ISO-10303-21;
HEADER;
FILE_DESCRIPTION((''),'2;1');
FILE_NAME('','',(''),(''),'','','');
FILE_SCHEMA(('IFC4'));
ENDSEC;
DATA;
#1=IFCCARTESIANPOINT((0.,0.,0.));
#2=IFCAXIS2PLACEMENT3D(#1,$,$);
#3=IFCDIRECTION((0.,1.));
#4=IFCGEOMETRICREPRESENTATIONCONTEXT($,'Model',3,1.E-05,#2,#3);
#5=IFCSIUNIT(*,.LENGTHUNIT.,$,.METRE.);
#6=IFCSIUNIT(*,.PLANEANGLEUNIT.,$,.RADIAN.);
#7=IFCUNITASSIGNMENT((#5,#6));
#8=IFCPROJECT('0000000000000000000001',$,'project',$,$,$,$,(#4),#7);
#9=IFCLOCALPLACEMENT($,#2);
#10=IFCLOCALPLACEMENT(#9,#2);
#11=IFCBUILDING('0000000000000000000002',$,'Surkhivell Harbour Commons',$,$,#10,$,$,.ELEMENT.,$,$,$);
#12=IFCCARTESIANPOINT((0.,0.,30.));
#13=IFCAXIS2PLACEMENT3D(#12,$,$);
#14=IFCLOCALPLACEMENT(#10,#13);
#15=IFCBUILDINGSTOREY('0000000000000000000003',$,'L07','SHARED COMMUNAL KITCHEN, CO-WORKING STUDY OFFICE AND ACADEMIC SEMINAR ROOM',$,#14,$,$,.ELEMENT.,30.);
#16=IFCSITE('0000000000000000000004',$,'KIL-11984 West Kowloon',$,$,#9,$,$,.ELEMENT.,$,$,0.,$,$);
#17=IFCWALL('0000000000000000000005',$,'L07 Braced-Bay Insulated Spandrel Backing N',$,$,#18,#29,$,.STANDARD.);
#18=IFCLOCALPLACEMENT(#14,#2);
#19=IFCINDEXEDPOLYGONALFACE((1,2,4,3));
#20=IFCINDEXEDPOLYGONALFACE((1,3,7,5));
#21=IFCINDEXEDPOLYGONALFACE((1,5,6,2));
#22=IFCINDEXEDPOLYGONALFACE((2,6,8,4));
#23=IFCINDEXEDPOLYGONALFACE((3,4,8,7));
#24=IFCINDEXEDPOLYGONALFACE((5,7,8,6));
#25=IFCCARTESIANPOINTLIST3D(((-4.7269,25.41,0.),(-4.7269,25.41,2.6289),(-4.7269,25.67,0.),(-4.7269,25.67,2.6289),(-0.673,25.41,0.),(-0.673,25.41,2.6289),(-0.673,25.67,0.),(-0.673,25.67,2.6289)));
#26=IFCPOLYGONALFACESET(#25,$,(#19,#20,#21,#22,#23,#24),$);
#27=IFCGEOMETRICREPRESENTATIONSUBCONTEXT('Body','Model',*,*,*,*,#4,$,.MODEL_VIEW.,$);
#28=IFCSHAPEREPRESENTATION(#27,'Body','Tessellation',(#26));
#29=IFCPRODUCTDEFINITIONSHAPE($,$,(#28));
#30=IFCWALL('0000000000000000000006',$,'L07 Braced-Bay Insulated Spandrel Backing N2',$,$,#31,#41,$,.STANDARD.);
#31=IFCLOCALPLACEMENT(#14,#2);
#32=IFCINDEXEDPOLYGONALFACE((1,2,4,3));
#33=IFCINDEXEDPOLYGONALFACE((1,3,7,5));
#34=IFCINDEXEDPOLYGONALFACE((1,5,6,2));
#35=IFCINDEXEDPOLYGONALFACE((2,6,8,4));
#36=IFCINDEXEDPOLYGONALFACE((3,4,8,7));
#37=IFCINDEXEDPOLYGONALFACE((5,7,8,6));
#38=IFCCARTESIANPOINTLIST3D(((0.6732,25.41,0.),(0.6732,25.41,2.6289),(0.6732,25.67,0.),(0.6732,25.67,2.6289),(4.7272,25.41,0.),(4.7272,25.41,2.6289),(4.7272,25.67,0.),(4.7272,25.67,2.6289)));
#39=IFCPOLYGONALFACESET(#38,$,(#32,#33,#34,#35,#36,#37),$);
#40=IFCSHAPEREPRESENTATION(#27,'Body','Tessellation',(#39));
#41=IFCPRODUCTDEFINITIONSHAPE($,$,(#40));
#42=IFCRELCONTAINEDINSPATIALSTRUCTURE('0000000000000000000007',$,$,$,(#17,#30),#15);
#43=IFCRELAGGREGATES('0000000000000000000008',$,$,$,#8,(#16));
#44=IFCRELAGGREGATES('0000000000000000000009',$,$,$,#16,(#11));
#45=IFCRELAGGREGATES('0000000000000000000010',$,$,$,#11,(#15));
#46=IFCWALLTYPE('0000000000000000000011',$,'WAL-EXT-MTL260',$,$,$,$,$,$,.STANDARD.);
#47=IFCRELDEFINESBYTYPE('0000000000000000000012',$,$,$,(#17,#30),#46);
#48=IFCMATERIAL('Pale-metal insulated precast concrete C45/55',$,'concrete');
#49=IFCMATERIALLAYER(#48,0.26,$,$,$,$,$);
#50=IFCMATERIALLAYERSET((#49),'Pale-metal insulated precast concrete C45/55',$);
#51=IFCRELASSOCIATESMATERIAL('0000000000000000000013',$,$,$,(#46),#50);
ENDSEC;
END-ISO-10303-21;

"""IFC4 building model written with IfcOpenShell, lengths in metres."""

from ifc_helpers import new_model, si_unit, direction, frame, frame_2d, origin, place, context, subcontext, project, spatial, rectangle, extrude, material, layer, layer_set, type_object, element, save


model = new_model("IFC4")

# Units and contexts
model_context = context("Model", 3, precision=1e-05, world=origin(), true_north=direction((0.0, 1.0)))
body_context = subcontext(model_context, "Body", "Model", "MODEL_VIEW")
ifc_project = project(units=[si_unit("LENGTHUNIT", "METRE"), si_unit("PLANEANGLEUNIT", "RADIAN")], contexts=[model_context])

# Site, building, storey
site_placement = place(None, origin())
site = spatial("IfcSite", under=ifc_project, at=site_placement, Name="KIL-11984 West Kowloon", CompositionType="ELEMENT", RefElevation=0.0)
building_placement = place(site_placement, origin())
building = spatial("IfcBuilding", under=site, at=building_placement, Name="Surkhivell Harbour Commons", CompositionType="ELEMENT")
storey_placement = place(building_placement, frame((0.0, 0.0, 30.0)))
storey = spatial("IfcBuildingStorey", under=building, at=storey_placement, Name="L07", Description="SHARED COMMUNAL KITCHEN, CO-WORKING STUDY OFFICE AND ACADEMIC SEMINAR ROOM", CompositionType="ELEMENT", Elevation=30.0)

# Walls
ifc_material_1 = material(Name="Pale-metal insulated precast concrete C45/55", Category="concrete")
ifc_layer_1 = layer(ifc_material_1, 0.26)
ifc_layer_set_1 = layer_set([ifc_layer_1], Name="Pale-metal insulated precast concrete C45/55")
wall_type = type_object("IfcWallType", Name="WAL-EXT-MTL260", PredefinedType="STANDARD", material=ifc_layer_set_1)
for number, where, z_axis, x_axis, name in (
    (1, (-0.6731, 25.54, 0.0), (0.0, 0.0, 1.0), (-1.0, 0.0, 0.0), "L07 Braced-Bay Insulated Spandrel Backing N"),
    (2, (4.7271, 25.54, 0.0), (0.0, 0.0, 1.0), (-1.0, 0.0, 0.0), "L07 Braced-Bay Insulated Spandrel Backing N2"),
):
    element("IfcWall", number, at=place(storey_placement, frame(where, z_axis=z_axis, x_axis=x_axis)), inside=storey, type_object=wall_type, Name=name, PredefinedType="STANDARD", context=body_context, shape_type="SweptSolid", body=[
        extrude(rectangle(XDim=4.054, YDim=0.26, at=frame_2d((2.0269, 0.0))), origin(), (0.0, 0.0, 1.0), 2.6289),
    ])

save(model, "model.ifc")
